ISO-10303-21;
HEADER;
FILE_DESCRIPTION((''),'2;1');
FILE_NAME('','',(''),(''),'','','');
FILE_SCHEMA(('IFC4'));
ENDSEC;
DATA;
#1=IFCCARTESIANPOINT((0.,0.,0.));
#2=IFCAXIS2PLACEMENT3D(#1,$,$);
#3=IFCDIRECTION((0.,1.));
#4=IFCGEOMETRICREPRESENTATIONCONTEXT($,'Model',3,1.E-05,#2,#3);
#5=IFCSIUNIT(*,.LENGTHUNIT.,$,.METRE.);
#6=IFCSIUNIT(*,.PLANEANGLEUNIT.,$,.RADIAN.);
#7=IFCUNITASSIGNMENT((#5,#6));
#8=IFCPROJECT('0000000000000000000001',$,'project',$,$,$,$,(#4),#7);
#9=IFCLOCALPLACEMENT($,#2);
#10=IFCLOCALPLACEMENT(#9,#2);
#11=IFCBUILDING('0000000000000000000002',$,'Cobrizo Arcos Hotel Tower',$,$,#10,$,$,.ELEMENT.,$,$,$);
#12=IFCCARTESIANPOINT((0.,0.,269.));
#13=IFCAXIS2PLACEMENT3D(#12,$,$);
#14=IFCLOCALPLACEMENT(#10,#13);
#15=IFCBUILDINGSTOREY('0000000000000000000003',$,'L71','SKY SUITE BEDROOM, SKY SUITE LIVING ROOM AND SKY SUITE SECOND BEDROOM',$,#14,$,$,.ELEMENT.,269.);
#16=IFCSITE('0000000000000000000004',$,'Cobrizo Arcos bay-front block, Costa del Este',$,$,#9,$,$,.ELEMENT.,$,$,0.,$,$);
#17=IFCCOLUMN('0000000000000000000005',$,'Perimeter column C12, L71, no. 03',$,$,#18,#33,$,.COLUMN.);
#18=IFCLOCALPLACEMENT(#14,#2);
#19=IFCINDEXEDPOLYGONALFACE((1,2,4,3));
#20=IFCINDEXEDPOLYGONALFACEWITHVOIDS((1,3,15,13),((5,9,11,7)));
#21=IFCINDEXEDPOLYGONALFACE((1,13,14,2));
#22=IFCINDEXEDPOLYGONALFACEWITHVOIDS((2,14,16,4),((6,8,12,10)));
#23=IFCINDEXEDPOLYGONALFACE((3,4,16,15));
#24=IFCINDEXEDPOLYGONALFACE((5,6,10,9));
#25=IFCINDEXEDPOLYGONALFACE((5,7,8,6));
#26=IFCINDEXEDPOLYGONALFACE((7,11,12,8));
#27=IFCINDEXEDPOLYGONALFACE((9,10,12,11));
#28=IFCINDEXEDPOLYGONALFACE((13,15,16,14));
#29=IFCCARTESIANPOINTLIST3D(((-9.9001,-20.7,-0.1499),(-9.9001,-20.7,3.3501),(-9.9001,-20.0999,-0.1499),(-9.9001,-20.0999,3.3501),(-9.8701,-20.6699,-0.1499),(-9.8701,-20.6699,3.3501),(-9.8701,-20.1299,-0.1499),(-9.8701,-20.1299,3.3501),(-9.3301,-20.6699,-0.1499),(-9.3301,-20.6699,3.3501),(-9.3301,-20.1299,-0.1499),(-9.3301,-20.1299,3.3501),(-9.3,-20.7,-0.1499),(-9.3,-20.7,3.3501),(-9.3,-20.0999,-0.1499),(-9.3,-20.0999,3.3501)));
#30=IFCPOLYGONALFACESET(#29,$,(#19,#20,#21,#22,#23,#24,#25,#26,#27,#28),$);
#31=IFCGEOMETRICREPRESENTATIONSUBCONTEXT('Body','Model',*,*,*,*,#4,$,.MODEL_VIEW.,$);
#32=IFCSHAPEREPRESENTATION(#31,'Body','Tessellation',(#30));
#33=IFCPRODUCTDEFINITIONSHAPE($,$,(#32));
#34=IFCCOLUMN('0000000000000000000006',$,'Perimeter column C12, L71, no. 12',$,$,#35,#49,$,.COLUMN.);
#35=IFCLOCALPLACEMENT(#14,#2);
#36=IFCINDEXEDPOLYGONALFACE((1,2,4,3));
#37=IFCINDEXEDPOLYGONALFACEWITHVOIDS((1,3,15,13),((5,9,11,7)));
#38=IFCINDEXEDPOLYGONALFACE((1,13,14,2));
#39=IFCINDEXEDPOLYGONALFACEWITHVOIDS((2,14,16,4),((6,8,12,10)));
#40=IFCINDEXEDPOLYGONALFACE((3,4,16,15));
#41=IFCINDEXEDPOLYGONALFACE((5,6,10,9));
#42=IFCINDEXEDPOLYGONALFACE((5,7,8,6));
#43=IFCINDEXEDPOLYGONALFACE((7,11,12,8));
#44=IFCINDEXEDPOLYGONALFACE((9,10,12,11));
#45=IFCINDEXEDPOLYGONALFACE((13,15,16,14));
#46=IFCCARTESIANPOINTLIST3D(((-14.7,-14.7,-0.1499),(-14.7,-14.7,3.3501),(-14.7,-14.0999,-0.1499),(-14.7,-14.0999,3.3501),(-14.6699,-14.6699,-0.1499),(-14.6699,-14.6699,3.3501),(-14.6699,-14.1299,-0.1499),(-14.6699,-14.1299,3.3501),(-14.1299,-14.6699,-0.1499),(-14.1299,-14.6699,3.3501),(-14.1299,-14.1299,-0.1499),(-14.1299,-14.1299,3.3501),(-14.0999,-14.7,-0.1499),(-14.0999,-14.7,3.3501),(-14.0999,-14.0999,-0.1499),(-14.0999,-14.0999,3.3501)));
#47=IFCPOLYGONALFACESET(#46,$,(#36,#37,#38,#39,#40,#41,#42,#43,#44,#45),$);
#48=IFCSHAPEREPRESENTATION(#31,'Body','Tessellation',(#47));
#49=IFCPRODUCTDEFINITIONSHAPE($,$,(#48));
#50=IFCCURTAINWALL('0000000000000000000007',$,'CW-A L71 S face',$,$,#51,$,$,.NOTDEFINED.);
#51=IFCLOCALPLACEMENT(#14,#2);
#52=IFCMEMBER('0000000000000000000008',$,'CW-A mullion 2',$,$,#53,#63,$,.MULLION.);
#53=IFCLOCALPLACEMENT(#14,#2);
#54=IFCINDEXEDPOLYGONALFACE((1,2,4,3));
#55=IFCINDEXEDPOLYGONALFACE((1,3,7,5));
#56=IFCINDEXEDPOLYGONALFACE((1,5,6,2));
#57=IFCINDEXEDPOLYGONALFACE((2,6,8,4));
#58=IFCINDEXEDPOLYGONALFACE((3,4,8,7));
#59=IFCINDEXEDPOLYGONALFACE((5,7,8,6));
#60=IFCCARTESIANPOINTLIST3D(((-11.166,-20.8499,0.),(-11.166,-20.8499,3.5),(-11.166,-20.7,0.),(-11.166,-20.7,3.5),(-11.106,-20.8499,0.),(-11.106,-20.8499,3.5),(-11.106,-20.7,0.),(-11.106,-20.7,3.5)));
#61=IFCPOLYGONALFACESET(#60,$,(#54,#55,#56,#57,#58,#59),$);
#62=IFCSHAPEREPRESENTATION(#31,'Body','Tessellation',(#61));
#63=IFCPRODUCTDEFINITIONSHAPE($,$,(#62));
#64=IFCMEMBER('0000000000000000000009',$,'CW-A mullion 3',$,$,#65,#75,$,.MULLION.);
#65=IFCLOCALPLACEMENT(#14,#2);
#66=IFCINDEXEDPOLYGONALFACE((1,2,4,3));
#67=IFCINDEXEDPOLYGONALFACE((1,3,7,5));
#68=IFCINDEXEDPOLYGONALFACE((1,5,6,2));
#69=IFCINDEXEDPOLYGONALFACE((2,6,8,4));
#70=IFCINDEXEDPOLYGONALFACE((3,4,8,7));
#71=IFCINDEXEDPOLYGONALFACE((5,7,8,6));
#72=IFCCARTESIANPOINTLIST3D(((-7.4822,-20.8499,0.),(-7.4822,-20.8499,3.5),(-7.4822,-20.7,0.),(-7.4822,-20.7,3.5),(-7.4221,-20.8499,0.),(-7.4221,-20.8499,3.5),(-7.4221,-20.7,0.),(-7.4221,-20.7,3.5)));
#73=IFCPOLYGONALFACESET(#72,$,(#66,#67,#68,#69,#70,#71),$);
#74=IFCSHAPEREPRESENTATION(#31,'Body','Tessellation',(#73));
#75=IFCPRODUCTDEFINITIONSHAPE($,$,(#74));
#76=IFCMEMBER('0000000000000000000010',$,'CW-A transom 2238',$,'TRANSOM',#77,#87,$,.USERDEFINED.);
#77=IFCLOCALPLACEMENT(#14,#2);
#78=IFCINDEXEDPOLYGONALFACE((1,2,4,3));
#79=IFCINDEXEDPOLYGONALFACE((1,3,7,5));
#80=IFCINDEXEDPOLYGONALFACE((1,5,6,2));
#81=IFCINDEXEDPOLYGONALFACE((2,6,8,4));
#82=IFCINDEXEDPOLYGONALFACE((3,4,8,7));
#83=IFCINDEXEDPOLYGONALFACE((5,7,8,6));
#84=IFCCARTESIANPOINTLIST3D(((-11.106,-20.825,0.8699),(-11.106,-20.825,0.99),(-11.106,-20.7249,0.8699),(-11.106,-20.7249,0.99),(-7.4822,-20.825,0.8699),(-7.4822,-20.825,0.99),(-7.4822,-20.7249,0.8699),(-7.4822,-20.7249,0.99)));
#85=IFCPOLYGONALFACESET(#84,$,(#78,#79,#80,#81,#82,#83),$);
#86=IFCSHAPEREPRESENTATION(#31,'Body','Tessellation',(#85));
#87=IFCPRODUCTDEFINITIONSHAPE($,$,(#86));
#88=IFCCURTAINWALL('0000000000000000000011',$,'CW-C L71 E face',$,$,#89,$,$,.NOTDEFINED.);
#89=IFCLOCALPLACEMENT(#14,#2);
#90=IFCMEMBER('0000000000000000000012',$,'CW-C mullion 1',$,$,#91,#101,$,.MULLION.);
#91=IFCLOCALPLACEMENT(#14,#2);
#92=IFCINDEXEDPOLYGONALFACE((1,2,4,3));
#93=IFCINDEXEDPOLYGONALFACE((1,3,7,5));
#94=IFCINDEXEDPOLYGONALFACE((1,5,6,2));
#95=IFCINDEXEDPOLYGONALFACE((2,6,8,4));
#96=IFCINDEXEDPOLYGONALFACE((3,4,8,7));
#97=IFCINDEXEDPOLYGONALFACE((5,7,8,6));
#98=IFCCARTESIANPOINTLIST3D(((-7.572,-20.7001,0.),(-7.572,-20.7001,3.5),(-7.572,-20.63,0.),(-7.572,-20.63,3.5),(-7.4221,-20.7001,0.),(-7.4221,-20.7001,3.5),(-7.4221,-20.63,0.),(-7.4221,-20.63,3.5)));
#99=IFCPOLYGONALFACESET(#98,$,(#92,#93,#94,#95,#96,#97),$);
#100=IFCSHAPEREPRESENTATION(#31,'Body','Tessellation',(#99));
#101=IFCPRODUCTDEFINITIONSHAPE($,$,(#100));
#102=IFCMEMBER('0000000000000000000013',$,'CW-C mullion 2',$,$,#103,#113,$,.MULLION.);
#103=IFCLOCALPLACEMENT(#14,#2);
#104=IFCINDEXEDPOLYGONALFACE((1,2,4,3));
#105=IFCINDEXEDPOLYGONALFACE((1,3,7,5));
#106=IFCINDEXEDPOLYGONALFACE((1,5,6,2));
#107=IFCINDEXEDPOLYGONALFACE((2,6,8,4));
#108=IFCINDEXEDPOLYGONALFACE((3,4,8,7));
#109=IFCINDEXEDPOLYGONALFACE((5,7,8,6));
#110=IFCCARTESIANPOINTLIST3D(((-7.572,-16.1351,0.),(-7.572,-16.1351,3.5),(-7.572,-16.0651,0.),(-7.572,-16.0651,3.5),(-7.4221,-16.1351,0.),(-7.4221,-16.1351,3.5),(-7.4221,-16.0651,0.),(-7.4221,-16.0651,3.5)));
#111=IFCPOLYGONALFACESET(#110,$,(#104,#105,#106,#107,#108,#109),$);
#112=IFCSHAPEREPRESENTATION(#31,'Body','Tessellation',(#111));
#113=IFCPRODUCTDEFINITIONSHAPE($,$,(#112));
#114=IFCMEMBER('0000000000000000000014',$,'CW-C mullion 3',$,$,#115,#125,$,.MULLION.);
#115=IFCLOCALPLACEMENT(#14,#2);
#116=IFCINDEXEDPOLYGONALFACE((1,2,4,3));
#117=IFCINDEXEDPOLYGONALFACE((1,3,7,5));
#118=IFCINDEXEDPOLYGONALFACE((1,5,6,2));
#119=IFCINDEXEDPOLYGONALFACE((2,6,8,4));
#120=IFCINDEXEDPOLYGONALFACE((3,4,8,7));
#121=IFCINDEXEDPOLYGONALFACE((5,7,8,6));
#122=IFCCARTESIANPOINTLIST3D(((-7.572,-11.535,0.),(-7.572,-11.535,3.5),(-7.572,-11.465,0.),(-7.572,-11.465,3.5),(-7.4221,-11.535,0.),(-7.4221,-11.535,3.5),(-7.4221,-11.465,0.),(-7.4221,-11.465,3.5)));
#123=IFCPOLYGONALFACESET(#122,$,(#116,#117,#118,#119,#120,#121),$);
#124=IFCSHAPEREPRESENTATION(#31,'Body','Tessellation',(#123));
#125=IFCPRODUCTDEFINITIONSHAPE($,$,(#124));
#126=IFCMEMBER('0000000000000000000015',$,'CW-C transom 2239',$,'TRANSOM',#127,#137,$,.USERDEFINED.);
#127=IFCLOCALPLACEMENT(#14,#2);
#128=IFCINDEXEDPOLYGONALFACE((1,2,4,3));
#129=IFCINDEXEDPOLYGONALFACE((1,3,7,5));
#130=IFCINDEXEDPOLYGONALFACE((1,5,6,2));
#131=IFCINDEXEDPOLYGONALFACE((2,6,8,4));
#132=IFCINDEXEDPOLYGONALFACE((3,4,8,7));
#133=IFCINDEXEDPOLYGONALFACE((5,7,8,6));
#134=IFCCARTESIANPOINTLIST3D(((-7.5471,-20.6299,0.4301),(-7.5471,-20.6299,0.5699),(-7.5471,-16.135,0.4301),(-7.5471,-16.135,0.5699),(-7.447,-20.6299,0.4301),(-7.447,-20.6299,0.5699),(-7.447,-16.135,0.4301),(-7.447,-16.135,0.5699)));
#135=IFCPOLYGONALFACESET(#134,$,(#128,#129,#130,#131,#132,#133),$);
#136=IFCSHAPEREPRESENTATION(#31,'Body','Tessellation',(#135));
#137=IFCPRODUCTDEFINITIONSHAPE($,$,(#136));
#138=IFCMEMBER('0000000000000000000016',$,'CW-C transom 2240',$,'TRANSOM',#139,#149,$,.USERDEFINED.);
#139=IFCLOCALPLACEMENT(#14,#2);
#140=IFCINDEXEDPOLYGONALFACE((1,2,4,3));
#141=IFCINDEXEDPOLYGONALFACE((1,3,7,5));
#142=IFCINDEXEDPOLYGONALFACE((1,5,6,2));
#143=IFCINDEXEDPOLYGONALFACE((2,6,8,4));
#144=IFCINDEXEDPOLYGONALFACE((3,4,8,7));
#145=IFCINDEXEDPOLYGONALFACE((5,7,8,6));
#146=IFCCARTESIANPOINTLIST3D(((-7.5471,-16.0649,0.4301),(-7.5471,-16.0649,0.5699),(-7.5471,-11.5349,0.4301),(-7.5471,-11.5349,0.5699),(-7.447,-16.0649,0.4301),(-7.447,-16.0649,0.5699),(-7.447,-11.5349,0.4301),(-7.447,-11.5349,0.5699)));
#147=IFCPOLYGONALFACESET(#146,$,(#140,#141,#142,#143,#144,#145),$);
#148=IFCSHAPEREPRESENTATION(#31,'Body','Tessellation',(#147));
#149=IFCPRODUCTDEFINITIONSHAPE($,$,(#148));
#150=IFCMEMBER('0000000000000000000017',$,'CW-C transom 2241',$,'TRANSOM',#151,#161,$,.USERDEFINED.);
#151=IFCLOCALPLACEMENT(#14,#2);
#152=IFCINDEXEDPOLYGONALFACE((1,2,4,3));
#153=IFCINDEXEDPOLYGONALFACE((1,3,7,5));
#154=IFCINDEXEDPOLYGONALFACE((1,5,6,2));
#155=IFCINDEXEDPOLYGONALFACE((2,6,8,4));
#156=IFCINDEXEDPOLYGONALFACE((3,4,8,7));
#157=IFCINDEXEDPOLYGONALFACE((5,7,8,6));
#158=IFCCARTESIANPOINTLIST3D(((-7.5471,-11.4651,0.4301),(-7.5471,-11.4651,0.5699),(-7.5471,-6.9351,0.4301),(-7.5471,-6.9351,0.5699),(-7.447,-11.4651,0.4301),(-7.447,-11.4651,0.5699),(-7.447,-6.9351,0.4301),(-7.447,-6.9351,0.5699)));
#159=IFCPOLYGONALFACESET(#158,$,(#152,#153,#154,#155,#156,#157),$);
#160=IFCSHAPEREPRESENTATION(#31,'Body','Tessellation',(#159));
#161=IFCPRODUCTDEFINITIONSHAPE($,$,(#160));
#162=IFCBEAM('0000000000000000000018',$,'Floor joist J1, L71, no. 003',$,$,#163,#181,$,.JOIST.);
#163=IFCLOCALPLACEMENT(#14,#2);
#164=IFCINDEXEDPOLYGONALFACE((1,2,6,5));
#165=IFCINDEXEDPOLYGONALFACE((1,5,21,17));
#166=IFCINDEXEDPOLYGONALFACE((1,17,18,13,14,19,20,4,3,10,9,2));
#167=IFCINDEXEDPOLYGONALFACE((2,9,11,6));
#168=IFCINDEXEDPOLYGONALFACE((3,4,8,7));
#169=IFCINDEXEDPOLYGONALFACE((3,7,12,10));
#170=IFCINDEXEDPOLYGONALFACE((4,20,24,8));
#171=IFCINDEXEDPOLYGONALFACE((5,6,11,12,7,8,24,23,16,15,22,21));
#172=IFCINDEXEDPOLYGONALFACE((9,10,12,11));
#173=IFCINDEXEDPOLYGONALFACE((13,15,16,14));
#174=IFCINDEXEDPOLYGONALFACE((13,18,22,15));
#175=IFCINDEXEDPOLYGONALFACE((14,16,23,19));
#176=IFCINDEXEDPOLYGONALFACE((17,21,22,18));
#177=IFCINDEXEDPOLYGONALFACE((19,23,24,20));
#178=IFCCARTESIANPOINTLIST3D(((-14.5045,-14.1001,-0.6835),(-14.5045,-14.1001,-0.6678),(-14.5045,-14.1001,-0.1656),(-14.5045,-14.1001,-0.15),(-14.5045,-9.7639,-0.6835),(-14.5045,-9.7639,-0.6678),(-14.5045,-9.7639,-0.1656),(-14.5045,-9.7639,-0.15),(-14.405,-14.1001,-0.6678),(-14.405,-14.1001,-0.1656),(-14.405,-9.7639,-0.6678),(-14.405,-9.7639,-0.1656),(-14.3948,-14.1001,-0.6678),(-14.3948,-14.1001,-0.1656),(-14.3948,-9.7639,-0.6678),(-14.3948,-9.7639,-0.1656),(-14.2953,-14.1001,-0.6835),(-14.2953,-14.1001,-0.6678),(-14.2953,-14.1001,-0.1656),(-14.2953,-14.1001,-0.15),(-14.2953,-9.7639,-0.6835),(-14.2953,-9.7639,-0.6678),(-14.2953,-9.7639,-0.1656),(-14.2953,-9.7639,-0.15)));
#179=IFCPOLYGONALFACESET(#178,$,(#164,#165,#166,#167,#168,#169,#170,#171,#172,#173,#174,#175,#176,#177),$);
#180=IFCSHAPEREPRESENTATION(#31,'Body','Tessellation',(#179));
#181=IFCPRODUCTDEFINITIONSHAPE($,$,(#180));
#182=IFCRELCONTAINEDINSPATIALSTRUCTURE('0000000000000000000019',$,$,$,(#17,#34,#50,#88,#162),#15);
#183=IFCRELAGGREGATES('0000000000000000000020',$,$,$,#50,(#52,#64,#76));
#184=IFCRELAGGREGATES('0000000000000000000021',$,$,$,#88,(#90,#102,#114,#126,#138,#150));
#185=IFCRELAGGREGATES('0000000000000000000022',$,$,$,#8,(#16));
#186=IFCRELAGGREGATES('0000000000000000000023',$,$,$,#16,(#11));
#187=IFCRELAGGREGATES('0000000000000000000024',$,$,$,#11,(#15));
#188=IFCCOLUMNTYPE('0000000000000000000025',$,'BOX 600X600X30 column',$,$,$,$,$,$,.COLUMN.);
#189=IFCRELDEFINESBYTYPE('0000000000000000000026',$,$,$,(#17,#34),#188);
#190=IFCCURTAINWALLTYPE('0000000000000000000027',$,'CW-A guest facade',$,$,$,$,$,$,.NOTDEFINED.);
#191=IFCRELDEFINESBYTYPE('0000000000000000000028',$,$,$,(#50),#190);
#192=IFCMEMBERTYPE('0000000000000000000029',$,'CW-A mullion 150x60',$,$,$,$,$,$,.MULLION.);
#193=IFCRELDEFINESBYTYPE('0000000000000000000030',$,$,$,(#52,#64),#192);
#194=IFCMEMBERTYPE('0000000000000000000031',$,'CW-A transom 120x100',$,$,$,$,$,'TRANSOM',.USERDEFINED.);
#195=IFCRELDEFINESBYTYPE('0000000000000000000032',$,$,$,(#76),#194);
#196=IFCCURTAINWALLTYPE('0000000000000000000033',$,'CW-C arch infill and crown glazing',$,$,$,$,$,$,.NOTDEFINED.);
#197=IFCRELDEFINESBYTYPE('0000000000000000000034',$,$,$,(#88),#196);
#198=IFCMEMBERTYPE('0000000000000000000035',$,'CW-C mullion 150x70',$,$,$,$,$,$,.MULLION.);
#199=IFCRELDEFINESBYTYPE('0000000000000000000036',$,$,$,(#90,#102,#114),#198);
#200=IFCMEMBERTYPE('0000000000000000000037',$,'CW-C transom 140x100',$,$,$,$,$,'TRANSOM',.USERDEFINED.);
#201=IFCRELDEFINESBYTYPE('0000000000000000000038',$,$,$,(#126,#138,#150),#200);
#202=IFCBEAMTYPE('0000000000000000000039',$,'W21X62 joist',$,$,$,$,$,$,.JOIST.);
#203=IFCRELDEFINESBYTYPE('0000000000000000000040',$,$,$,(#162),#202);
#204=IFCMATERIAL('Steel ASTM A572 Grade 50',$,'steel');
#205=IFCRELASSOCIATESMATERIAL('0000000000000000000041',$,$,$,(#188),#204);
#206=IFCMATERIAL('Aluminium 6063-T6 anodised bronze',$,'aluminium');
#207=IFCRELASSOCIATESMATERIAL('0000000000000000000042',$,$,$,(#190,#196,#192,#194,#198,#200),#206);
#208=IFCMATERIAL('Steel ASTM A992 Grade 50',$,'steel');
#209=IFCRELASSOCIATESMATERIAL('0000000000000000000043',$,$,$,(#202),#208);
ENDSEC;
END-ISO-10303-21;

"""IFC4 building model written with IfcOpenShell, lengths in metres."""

from ifc_helpers import new_model, si_unit, direction, frame, origin, origin_2d, place, context, subcontext, project, spatial, rectangle, hollow_rectangle, i_section, extrude, material, material_profile, profile_set, type_object, element, aggregate, save


model = new_model("IFC4")

# Units and contexts
model_context = context("Model", 3, precision=1e-05, world=origin(), true_north=direction((0.0, 1.0)))
body_context = subcontext(model_context, "Body", "Model", "MODEL_VIEW")
ifc_project = project(units=[si_unit("LENGTHUNIT", "METRE"), si_unit("PLANEANGLEUNIT", "RADIAN")], contexts=[model_context])

# Site, building, storey
site_placement = place(None, origin())
site = spatial("IfcSite", under=ifc_project, at=site_placement, Name="Cobrizo Arcos bay-front block, Costa del Este", CompositionType="ELEMENT", RefElevation=0.0)
building_placement = place(site_placement, origin())
building = spatial("IfcBuilding", under=site, at=building_placement, Name="Cobrizo Arcos Hotel Tower", CompositionType="ELEMENT")
storey_placement = place(building_placement, frame((0.0, 0.0, 269.0)))
storey = spatial("IfcBuildingStorey", under=building, at=storey_placement, Name="L71", Description="SKY SUITE BEDROOM, SKY SUITE LIVING ROOM AND SKY SUITE SECOND BEDROOM", CompositionType="ELEMENT", Elevation=269.0)

# Columns
ifc_material_1 = material(Name="Steel ASTM A572 Grade 50", Category="steel")
ifc_material_profile_1 = material_profile(ifc_material_1, hollow_rectangle(XDim=0.6001, YDim=0.6001, WallThickness=0.03, at=origin_2d()), Name="BOX 600X600X30")
ifc_profile_set_1 = profile_set([ifc_material_profile_1], Name="Steel ASTM A572 Grade 50")
column_type = type_object("IfcColumnType", Name="BOX 600X600X30 column", PredefinedType="COLUMN", material=ifc_profile_set_1)
for number, where, z_axis, x_axis, name in (
    (1, (-9.6001, -20.3999, -0.1499), (0.0, 0.0, 1.0), (1.0, 0.0, 0.0), "Perimeter column C12, L71, no. 03"),
    (2, (-14.3999, -14.3999, -0.1499), (0.0, 0.0, 1.0), (1.0, 0.0, 0.0), "Perimeter column C12, L71, no. 12"),
):
    element("IfcColumn", number, at=place(storey_placement, frame(where, z_axis=z_axis, x_axis=x_axis)), inside=storey, type_object=column_type, Name=name, PredefinedType="COLUMN", context=body_context, shape_type="SweptSolid", body=[
        extrude(hollow_rectangle(XDim=0.6001, YDim=0.6001, WallThickness=0.03, at=origin_2d()), origin(), (0.0, 0.0, 1.0), 3.5),
    ])

# Curtain walls, members
ifc_material_2 = material(Name="Aluminium 6063-T6 anodised bronze", Category="aluminium")
curtain_wall_type_1 = type_object("IfcCurtainWallType", Name="CW-A guest facade", PredefinedType="NOTDEFINED", material=ifc_material_2)
curtain_wall_1_placement = place(storey_placement, origin())
curtain_wall_1 = element("IfcCurtainWall", 3, at=curtain_wall_1_placement, inside=storey, type_object=curtain_wall_type_1, Name="CW-A L71 S face", PredefinedType="NOTDEFINED")
ifc_material_profile_2 = material_profile(ifc_material_2, rectangle(XDim=0.1499, YDim=0.0601, at=origin_2d()), Name="CW-A mullion 150x60")
ifc_profile_set_2 = profile_set([ifc_material_profile_2], Name="Aluminium 6063-T6 anodised bronze")
member_type_1 = type_object("IfcMemberType", Name="CW-A mullion 150x60", PredefinedType="MULLION", material=ifc_profile_set_2)
member_1_placement = place(storey_placement, frame((-11.136, -20.7749, 0.0), z_axis=(0.0, 0.0, 1.0), x_axis=(0.0, -1.0, 0.0)))
member_1 = element("IfcMember", 4, at=member_1_placement, type_object=member_type_1, Name="CW-A mullion 2", PredefinedType="MULLION", context=body_context, shape_type="SweptSolid", body=[
    extrude(rectangle(XDim=0.1499, YDim=0.0601, at=origin_2d()), origin(), (0.0, 0.0, 1.0), 3.5),
])
member_2_placement = place(storey_placement, frame((-7.4521, -20.7749, 0.0), z_axis=(0.0, 0.0, 1.0), x_axis=(0.0, -1.0, 0.0)))
member_2 = element("IfcMember", 5, at=member_2_placement, type_object=member_type_1, Name="CW-A mullion 3", PredefinedType="MULLION", context=body_context, shape_type="SweptSolid", body=[
    extrude(rectangle(XDim=0.1499, YDim=0.0601, at=origin_2d()), origin(), (0.0, 0.0, 1.0), 3.5),
])
ifc_material_profile_3 = material_profile(ifc_material_2, rectangle(XDim=0.1001, YDim=0.1201, at=origin_2d()), Name="CW-A transom 120x100")
ifc_profile_set_3 = profile_set([ifc_material_profile_3], Name="Aluminium 6063-T6 anodised bronze")
member_type_2 = type_object("IfcMemberType", Name="CW-A transom 120x100", ElementType="TRANSOM", PredefinedType="USERDEFINED", material=ifc_profile_set_3)
member_3_placement = place(storey_placement, frame((-11.106, -20.7749, 0.9299), z_axis=(1.0, 0.0, 0.0), x_axis=(0.0, 1.0, 0.0)))
member_3 = element("IfcMember", 6, at=member_3_placement, type_object=member_type_2, Name="CW-A transom 2238", ObjectType="TRANSOM", PredefinedType="USERDEFINED", context=body_context, shape_type="SweptSolid", body=[
    extrude(rectangle(XDim=0.1001, YDim=0.1201, at=origin_2d()), origin(), (0.0, 0.0, 1.0), 3.6238),
])
curtain_wall_type_2 = type_object("IfcCurtainWallType", Name="CW-C arch infill and crown glazing", PredefinedType="NOTDEFINED", material=ifc_material_2)
curtain_wall_2_placement = place(storey_placement, origin())
curtain_wall_2 = element("IfcCurtainWall", 7, at=curtain_wall_2_placement, inside=storey, type_object=curtain_wall_type_2, Name="CW-C L71 E face", PredefinedType="NOTDEFINED")
ifc_material_profile_4 = material_profile(ifc_material_2, rectangle(XDim=0.1499, YDim=0.0701, at=origin_2d()), Name="CW-C mullion 150x70")
ifc_profile_set_4 = profile_set([ifc_material_profile_4], Name="Aluminium 6063-T6 anodised bronze")
member_type_3 = type_object("IfcMemberType", Name="CW-C mullion 150x70", PredefinedType="MULLION", material=ifc_profile_set_4)
member_4_placement = place(storey_placement, frame((-7.4971, -20.665, 0.0), z_axis=(0.0, 0.0, 1.0), x_axis=(1.0, 0.0, 0.0)))
member_4 = element("IfcMember", 8, at=member_4_placement, type_object=member_type_3, Name="CW-C mullion 1", PredefinedType="MULLION", context=body_context, shape_type="SweptSolid", body=[
    extrude(rectangle(XDim=0.1499, YDim=0.0701, at=origin_2d()), origin(), (0.0, 0.0, 1.0), 3.5),
])
member_5_placement = place(storey_placement, frame((-7.4971, -16.1001, 0.0), z_axis=(0.0, 0.0, 1.0), x_axis=(1.0, 0.0, 0.0)))
member_5 = element("IfcMember", 9, at=member_5_placement, type_object=member_type_3, Name="CW-C mullion 2", PredefinedType="MULLION", context=body_context, shape_type="SweptSolid", body=[
    extrude(rectangle(XDim=0.1499, YDim=0.0701, at=origin_2d()), origin(), (0.0, 0.0, 1.0), 3.5),
])
member_6_placement = place(storey_placement, frame((-7.4971, -11.5, 0.0), z_axis=(0.0, 0.0, 1.0), x_axis=(1.0, 0.0, 0.0)))
member_6 = element("IfcMember", 10, at=member_6_placement, type_object=member_type_3, Name="CW-C mullion 3", PredefinedType="MULLION", context=body_context, shape_type="SweptSolid", body=[
    extrude(rectangle(XDim=0.1499, YDim=0.0701, at=origin_2d()), origin(), (0.0, 0.0, 1.0), 3.5),
])
ifc_material_profile_5 = material_profile(ifc_material_2, rectangle(XDim=0.1001, YDim=0.1399, at=origin_2d()), Name="CW-C transom 140x100")
ifc_profile_set_5 = profile_set([ifc_material_profile_5], Name="Aluminium 6063-T6 anodised bronze")
member_type_4 = type_object("IfcMemberType", Name="CW-C transom 140x100", ElementType="TRANSOM", PredefinedType="USERDEFINED", material=ifc_profile_set_5)
member_7_placement = place(storey_placement, frame((-7.4971, -20.6299, 0.5), z_axis=(0.0, 1.0, 0.0), x_axis=(-1.0, 0.0, 0.0)))
member_7 = element("IfcMember", 11, at=member_7_placement, type_object=member_type_4, Name="CW-C transom 2239", ObjectType="TRANSOM", PredefinedType="USERDEFINED", context=body_context, shape_type="SweptSolid", body=[
    extrude(rectangle(XDim=0.1001, YDim=0.1399, at=origin_2d()), origin(), (0.0, 0.0, 1.0), 4.4949),
])
member_8_placement = place(storey_placement, frame((-7.4971, -16.0649, 0.5), z_axis=(0.0, 1.0, 0.0), x_axis=(-1.0, 0.0, 0.0)))
member_8 = element("IfcMember", 12, at=member_8_placement, type_object=member_type_4, Name="CW-C transom 2240", ObjectType="TRANSOM", PredefinedType="USERDEFINED", context=body_context, shape_type="SweptSolid", body=[
    extrude(rectangle(XDim=0.1001, YDim=0.1399, at=origin_2d()), origin(), (0.0, 0.0, 1.0), 4.53),
])
member_9_placement = place(storey_placement, frame((-7.4971, -11.4651, 0.5), z_axis=(0.0, 1.0, 0.0), x_axis=(-1.0, 0.0, 0.0)))
member_9 = element("IfcMember", 13, at=member_9_placement, type_object=member_type_4, Name="CW-C transom 2241", ObjectType="TRANSOM", PredefinedType="USERDEFINED", context=body_context, shape_type="SweptSolid", body=[
    extrude(rectangle(XDim=0.1001, YDim=0.1399, at=origin_2d()), origin(), (0.0, 0.0, 1.0), 4.53),
])

# Beam
ifc_material_3 = material(Name="Steel ASTM A992 Grade 50", Category="steel")
ifc_material_profile_6 = material_profile(ifc_material_3, i_section(OverallWidth=0.2092, OverallDepth=0.5334, WebThickness=0.0103, FlangeThickness=0.0156, at=origin_2d()), Name="W21X62")
ifc_profile_set_6 = profile_set([ifc_material_profile_6], Name="Steel ASTM A992 Grade 50")
beam_type_1 = type_object("IfcBeamType", Name="W21X62 joist", PredefinedType="JOIST", material=ifc_profile_set_6)
beam_1_placement = place(storey_placement, frame((-14.3999, -14.1001, -0.4167), z_axis=(0.0, 1.0, 0.0), x_axis=(-1.0, 0.0, 0.0)))
element("IfcBeam", 14, at=beam_1_placement, inside=storey, type_object=beam_type_1, Name="Floor joist J1, L71, no. 003", PredefinedType="JOIST", context=body_context, shape_type="SweptSolid", body=[
    extrude(i_section(OverallWidth=0.2092, OverallDepth=0.5334, WebThickness=0.0103, FlangeThickness=0.0156, at=origin_2d()), origin(), (0.0, 0.0, 1.0), 4.3362),
])

aggregate(curtain_wall_1, [member_1, member_2, member_3])
aggregate(curtain_wall_2, [member_4, member_5, member_6, member_7, member_8, member_9])

save(model, "model.ifc")
